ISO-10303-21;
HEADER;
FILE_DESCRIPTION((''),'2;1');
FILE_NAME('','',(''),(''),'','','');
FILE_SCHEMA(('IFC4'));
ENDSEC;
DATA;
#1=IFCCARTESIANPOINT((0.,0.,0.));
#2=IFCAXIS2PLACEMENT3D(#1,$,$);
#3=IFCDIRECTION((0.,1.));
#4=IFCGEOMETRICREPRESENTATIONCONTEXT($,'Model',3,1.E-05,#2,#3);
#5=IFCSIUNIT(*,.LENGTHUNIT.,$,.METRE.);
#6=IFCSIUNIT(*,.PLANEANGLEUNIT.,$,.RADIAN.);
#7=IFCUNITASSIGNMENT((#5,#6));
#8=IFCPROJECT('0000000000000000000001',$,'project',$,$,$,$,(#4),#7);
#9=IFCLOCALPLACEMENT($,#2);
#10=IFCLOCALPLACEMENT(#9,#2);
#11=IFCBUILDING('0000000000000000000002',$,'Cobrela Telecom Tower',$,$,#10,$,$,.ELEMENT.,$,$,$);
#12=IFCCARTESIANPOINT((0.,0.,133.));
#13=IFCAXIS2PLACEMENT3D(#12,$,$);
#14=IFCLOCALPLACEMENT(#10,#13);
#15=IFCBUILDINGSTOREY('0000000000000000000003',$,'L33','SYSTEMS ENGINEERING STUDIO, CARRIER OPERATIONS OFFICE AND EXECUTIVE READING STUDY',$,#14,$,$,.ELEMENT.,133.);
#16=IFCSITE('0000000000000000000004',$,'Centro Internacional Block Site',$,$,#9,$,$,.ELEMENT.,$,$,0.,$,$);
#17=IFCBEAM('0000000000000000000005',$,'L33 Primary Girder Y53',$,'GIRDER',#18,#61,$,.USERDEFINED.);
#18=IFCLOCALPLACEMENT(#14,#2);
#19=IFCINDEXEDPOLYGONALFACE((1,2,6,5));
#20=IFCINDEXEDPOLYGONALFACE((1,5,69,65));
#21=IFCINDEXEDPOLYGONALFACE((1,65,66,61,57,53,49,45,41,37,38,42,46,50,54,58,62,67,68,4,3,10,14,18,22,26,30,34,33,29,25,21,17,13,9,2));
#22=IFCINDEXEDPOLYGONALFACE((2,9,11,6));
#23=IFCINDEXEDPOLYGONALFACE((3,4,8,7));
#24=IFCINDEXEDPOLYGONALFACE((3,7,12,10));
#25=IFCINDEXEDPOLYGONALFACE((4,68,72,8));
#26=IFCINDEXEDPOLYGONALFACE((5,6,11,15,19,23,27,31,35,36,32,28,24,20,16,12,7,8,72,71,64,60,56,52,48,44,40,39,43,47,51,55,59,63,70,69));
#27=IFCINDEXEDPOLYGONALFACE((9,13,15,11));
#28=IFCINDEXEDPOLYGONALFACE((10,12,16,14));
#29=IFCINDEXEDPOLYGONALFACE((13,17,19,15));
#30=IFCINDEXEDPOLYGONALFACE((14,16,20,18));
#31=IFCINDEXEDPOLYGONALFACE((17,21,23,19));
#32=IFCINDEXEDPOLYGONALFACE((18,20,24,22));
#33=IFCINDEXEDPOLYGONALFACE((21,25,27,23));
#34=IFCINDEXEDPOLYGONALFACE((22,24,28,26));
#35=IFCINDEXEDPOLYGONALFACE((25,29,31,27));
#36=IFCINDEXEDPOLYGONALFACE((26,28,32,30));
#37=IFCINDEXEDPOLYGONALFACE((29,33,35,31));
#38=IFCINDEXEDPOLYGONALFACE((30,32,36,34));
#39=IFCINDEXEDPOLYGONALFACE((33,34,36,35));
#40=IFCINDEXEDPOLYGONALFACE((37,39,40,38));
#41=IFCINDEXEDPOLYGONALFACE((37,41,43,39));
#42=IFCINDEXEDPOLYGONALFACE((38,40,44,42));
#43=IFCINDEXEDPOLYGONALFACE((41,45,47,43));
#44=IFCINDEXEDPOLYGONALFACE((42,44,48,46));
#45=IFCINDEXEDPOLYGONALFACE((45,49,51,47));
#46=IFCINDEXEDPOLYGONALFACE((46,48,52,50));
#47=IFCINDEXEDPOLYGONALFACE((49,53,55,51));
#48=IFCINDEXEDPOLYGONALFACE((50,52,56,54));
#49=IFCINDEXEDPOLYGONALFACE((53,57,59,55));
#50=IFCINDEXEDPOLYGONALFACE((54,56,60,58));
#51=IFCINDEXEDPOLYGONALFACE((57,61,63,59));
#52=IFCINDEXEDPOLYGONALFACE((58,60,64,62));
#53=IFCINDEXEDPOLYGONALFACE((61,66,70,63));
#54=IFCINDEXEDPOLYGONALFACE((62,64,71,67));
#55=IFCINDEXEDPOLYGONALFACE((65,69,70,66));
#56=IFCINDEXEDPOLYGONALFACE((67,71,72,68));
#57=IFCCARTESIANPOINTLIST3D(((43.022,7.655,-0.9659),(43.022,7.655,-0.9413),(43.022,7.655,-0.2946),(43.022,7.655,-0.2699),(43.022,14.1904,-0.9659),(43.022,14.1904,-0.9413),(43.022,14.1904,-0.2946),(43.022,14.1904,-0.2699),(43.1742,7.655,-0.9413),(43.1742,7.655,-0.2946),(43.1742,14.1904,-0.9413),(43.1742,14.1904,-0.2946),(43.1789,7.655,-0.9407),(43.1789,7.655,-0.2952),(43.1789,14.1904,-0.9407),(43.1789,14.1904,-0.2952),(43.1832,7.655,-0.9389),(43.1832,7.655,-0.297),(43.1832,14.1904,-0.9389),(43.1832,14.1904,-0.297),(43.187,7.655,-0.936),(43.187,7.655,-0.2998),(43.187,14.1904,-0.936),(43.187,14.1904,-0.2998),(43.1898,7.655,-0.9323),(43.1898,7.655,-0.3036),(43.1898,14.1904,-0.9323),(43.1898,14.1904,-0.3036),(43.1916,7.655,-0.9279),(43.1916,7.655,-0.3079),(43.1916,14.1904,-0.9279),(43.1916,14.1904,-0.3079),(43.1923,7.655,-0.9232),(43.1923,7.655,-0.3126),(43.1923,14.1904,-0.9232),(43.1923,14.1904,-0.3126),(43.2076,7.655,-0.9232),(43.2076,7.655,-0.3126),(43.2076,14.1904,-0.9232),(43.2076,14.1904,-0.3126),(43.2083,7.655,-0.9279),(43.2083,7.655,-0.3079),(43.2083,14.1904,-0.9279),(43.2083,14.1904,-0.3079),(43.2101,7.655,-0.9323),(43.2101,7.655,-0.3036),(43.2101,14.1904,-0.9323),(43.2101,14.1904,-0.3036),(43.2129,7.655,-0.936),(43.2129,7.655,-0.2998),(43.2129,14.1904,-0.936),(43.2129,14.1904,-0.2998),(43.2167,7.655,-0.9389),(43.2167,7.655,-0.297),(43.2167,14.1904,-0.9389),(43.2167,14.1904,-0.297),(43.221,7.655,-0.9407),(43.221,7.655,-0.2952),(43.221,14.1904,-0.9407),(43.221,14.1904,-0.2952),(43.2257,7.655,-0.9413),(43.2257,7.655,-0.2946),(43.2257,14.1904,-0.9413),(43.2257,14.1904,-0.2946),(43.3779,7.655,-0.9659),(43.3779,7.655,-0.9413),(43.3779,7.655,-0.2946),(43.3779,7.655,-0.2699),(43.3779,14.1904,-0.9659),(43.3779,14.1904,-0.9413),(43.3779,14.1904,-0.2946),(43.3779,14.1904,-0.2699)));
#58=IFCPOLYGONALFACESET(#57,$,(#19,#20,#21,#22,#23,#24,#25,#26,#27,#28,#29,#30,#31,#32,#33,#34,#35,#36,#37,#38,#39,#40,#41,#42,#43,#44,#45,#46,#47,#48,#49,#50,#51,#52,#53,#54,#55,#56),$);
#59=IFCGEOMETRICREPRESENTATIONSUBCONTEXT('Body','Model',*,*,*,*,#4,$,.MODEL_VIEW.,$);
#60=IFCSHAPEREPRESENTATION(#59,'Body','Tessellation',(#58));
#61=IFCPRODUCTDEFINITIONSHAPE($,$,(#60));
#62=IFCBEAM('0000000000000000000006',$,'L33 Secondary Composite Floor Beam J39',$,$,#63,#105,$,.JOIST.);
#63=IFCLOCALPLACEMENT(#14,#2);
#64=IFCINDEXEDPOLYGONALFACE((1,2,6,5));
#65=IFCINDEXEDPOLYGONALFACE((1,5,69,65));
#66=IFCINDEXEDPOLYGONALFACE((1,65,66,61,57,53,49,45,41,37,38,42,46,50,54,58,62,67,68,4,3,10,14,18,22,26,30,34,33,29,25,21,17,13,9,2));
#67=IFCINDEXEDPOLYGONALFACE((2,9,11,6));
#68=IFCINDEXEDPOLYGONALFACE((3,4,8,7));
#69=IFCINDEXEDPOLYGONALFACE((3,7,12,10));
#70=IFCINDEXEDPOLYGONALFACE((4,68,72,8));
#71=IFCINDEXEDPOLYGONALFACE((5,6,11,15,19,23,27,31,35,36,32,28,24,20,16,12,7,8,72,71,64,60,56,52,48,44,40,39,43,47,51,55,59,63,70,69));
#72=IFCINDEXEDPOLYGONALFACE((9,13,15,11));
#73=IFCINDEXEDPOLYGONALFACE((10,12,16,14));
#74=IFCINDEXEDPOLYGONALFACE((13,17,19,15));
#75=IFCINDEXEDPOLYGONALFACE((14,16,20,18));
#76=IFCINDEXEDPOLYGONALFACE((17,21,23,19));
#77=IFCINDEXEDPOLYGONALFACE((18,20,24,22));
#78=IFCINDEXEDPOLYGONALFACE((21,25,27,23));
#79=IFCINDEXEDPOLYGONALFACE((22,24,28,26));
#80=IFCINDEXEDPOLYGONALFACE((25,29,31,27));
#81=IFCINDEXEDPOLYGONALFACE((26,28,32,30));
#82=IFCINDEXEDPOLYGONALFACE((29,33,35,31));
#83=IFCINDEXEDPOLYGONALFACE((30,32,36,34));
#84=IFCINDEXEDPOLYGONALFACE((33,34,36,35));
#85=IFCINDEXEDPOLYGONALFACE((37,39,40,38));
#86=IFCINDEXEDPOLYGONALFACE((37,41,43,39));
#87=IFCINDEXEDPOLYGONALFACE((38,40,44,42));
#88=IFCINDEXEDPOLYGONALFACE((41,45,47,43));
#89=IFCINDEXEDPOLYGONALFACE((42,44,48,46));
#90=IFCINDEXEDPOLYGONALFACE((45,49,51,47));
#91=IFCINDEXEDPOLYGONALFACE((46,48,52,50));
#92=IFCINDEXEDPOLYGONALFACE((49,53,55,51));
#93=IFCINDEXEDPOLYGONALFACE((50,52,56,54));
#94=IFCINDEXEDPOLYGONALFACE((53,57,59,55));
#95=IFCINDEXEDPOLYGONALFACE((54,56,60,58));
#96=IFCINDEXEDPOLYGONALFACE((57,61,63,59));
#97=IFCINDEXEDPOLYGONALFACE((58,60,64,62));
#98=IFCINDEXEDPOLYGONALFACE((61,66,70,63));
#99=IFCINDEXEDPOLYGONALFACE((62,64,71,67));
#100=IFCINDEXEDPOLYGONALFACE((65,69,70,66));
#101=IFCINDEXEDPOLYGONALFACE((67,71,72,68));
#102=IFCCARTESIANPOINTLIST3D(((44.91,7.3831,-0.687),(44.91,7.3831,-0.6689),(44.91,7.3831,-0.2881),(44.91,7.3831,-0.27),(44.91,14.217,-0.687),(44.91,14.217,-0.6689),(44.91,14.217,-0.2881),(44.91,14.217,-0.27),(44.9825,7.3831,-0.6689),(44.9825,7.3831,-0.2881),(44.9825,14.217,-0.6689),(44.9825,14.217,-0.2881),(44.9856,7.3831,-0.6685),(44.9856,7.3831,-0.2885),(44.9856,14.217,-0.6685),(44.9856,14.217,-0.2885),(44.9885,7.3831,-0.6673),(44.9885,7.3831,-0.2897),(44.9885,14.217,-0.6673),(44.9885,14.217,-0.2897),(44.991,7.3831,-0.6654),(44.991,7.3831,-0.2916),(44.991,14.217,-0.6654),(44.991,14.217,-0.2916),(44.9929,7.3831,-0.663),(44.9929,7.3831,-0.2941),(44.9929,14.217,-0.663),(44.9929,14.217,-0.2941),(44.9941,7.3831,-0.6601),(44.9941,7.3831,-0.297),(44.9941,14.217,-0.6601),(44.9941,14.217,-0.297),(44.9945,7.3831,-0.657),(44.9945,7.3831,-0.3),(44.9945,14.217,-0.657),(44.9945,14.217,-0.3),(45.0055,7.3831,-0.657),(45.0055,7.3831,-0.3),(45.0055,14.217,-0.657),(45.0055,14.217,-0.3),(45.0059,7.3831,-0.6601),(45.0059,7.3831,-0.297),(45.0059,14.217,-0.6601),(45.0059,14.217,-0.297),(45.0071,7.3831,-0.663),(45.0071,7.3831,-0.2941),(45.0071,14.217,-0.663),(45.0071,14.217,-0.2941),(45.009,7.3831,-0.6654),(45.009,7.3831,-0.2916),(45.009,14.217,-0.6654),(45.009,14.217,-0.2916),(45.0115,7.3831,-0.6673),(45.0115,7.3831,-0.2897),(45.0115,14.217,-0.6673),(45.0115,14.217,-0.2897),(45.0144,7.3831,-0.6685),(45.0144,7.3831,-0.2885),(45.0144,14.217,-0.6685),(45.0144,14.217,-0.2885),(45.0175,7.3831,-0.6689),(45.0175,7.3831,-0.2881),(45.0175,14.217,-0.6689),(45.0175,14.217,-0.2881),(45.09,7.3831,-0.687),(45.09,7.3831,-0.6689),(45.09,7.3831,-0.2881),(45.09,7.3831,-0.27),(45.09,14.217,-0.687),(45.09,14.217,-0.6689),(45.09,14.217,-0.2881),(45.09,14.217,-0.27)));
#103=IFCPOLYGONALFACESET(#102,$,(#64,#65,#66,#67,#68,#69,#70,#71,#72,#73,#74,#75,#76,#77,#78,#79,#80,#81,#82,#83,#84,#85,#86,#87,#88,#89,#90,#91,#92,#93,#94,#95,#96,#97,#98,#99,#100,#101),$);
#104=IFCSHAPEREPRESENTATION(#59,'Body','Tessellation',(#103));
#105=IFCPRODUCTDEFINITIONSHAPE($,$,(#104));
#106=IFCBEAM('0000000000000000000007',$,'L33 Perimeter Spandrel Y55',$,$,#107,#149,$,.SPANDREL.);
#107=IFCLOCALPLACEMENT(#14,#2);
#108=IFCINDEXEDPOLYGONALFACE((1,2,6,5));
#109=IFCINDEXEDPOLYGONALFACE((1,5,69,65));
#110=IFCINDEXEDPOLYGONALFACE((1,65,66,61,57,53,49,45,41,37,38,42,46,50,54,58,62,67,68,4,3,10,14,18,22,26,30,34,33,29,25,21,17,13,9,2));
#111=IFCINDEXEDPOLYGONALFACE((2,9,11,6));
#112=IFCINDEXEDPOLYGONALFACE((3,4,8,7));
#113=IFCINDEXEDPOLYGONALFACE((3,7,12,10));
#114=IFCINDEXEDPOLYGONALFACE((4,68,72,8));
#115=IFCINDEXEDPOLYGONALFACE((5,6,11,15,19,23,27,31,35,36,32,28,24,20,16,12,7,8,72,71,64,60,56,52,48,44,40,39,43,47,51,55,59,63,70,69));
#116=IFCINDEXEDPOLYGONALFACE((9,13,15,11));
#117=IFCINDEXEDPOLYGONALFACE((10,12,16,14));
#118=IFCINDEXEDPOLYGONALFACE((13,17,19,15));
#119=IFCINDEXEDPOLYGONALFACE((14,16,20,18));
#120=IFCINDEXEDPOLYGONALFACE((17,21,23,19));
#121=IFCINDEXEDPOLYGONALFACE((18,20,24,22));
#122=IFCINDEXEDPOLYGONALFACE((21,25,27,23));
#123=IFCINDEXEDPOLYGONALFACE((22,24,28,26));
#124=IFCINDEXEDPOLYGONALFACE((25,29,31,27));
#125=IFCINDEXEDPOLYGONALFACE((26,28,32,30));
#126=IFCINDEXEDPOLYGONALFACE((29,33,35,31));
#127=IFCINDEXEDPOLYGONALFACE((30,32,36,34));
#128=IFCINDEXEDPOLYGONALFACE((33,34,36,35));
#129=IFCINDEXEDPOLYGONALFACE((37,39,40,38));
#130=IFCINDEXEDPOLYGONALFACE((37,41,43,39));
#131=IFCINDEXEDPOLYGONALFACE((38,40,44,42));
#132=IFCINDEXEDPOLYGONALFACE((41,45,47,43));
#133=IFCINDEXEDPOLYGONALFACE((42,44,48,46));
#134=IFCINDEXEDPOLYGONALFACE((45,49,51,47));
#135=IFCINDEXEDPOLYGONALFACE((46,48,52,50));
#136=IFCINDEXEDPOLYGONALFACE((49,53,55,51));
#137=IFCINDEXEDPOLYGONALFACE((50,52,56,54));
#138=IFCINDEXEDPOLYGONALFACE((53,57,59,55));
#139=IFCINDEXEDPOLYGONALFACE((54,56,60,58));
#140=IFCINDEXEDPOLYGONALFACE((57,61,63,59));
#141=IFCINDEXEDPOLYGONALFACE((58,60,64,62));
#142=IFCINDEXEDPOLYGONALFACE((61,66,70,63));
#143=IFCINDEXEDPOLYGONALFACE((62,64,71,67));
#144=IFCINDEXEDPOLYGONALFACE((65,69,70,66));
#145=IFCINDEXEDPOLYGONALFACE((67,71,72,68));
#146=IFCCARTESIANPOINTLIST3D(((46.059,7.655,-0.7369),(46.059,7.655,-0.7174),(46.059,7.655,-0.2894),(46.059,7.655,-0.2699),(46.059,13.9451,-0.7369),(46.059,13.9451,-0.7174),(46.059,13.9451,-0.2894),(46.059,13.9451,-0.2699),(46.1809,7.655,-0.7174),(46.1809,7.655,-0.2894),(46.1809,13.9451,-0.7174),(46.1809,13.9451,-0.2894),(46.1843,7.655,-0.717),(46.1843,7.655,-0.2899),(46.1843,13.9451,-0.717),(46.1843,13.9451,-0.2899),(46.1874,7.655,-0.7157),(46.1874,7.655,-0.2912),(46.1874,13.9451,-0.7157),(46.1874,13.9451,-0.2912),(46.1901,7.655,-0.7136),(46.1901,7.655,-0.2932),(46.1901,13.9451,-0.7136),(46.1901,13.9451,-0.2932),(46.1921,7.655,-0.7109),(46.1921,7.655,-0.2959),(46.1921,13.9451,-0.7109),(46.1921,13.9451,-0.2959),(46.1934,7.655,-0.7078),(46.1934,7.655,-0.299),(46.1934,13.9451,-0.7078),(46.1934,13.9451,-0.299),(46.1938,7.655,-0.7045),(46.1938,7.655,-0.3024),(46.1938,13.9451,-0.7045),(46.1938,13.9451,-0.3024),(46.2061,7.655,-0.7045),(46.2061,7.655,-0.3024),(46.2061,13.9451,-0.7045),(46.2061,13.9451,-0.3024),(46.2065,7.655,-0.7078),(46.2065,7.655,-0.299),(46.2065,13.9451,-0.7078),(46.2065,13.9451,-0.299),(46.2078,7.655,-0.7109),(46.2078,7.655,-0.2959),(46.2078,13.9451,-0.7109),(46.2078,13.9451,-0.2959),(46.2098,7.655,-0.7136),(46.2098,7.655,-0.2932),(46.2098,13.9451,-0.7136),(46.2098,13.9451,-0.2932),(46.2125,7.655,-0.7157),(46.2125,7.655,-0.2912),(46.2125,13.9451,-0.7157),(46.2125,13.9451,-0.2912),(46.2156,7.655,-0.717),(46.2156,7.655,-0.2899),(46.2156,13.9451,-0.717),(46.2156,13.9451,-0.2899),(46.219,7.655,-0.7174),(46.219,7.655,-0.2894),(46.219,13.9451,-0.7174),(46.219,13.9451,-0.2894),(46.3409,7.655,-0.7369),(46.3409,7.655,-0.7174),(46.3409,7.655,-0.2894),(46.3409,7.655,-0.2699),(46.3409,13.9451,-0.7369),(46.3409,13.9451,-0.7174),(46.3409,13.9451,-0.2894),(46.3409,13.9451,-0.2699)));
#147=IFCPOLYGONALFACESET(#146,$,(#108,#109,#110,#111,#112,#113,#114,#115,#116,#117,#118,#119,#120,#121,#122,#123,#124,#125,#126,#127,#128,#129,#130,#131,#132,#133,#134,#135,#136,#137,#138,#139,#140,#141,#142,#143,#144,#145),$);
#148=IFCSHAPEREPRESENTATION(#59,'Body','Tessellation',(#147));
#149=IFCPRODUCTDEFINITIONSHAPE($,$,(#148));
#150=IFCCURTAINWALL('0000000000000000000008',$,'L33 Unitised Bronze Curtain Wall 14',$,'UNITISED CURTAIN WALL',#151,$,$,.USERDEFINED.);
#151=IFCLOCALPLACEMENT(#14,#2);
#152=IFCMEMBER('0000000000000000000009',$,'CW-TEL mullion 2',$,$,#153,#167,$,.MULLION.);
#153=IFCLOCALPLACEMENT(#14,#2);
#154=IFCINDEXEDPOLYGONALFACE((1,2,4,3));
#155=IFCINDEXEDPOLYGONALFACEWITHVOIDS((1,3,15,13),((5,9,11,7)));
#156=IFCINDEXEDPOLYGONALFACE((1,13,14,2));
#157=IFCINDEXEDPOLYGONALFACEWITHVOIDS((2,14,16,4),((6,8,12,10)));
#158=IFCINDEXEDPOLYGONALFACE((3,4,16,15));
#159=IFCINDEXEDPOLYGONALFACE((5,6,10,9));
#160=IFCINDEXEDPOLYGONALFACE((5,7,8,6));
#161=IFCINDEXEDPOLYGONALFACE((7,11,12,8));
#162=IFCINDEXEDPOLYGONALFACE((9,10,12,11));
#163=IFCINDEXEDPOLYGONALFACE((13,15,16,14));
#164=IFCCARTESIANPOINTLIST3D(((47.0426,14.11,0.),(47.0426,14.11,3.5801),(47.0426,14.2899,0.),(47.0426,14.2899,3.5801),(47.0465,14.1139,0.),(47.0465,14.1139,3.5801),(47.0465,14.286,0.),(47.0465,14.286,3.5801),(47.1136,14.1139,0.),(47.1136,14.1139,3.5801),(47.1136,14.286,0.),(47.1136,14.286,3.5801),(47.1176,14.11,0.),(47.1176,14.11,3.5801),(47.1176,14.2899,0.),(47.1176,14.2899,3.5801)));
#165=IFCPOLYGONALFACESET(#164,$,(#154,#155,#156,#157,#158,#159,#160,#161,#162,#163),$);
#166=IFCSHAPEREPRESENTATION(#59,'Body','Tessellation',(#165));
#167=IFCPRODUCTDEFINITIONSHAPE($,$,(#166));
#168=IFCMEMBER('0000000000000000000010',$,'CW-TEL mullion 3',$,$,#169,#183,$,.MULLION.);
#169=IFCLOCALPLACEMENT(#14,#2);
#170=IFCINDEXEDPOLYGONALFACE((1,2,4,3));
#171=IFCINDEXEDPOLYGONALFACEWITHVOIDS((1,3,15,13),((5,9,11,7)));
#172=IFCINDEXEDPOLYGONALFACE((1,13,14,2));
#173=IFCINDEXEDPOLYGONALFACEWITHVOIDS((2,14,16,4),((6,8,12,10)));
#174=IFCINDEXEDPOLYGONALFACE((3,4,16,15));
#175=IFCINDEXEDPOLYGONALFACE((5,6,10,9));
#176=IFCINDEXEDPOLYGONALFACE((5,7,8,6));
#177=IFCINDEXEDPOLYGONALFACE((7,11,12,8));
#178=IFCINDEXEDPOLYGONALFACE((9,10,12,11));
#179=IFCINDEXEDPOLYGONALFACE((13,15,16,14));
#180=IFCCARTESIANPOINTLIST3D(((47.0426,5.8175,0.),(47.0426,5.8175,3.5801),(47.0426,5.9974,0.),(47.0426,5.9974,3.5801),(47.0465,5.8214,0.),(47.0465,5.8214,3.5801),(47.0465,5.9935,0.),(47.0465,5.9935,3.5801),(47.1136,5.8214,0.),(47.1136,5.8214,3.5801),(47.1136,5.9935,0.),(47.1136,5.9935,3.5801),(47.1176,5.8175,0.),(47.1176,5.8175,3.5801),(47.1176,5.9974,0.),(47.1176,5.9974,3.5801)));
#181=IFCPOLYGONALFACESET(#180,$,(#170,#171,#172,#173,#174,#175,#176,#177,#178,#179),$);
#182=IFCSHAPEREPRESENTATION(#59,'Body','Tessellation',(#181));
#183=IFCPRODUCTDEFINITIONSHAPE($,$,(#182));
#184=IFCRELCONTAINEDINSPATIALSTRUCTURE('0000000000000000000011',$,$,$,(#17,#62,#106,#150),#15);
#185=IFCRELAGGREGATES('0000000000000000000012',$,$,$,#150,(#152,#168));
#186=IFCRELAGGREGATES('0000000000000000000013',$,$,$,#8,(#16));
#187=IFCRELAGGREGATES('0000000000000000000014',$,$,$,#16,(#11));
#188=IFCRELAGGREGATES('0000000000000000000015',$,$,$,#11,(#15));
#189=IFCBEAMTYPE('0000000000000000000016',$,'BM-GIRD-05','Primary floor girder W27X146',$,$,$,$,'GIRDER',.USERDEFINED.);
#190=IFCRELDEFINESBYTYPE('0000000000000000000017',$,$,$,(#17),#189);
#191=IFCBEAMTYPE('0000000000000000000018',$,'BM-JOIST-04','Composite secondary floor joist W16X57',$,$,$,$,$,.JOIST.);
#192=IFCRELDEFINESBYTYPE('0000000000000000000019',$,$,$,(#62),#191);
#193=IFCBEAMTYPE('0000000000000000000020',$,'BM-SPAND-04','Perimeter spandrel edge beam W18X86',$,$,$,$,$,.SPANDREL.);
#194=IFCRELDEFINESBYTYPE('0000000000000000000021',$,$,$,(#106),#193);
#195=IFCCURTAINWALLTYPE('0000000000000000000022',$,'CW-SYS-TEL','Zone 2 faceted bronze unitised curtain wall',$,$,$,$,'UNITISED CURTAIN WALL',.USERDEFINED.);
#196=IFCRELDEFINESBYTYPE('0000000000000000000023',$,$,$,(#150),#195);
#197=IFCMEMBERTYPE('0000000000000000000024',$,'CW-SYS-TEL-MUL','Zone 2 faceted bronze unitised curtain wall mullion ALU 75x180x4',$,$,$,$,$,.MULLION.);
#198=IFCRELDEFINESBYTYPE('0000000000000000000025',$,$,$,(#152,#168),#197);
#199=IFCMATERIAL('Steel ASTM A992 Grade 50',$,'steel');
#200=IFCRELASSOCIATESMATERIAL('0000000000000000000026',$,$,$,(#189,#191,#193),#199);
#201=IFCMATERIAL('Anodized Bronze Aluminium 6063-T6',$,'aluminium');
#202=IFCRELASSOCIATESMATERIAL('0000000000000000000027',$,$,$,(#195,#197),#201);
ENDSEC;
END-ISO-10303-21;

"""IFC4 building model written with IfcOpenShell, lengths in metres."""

from ifc_helpers import new_model, si_unit, direction, frame, origin, origin_2d, place, context, subcontext, project, spatial, hollow_rectangle, i_section, extrude, material, material_profile, profile_set, type_object, element, aggregate, save


model = new_model("IFC4")

# Units and contexts
model_context = context("Model", 3, precision=1e-05, world=origin(), true_north=direction((0.0, 1.0)))
body_context = subcontext(model_context, "Body", "Model", "MODEL_VIEW")
ifc_project = project(units=[si_unit("LENGTHUNIT", "METRE"), si_unit("PLANEANGLEUNIT", "RADIAN")], contexts=[model_context])

# Site, building, storey
site_placement = place(None, origin())
site = spatial("IfcSite", under=ifc_project, at=site_placement, Name="Centro Internacional Block Site", CompositionType="ELEMENT", RefElevation=0.0)
building_placement = place(site_placement, origin())
building = spatial("IfcBuilding", under=site, at=building_placement, Name="Cobrela Telecom Tower", CompositionType="ELEMENT")
storey_placement = place(building_placement, frame((0.0, 0.0, 133.0)))
storey = spatial("IfcBuildingStorey", under=building, at=storey_placement, Name="L33", Description="SYSTEMS ENGINEERING STUDIO, CARRIER OPERATIONS OFFICE AND EXECUTIVE READING STUDY", CompositionType="ELEMENT", Elevation=133.0)

# Shared definitions
ifc_material_1 = material(Name="Steel ASTM A992 Grade 50", Category="steel")

# Beams
ifc_material_profile_1 = material_profile(ifc_material_1, i_section(OverallWidth=0.356, OverallDepth=0.696, WebThickness=0.0154, FlangeThickness=0.0247, FilletRadius=0.0181, at=origin_2d()), Name="W27X146")
ifc_profile_set_1 = profile_set([ifc_material_profile_1], Name="Steel ASTM A992 Grade 50")
beam_type_1 = type_object("IfcBeamType", Name="BM-GIRD-05", Description="Primary floor girder W27X146", ElementType="GIRDER", PredefinedType="USERDEFINED", material=ifc_profile_set_1)
beam_1_placement = place(storey_placement, frame((43.2, 7.655, -0.6179), z_axis=(0.0, 1.0, 0.0), x_axis=(-1.0, 0.0, 0.0)))
element("IfcBeam", 1, at=beam_1_placement, inside=storey, type_object=beam_type_1, Name="L33 Primary Girder Y53", ObjectType="GIRDER", PredefinedType="USERDEFINED", context=body_context, shape_type="SweptSolid", body=[
    extrude(i_section(OverallWidth=0.356, OverallDepth=0.696, WebThickness=0.0154, FlangeThickness=0.0247, FilletRadius=0.0181, at=origin_2d()), origin(), (0.0, 0.0, 1.0), 6.5354),
])
ifc_material_profile_2 = material_profile(ifc_material_1, i_section(OverallWidth=0.1799, OverallDepth=0.417, WebThickness=0.011, FlangeThickness=0.0181, FilletRadius=0.012, at=origin_2d()), Name="W16X57")
ifc_profile_set_2 = profile_set([ifc_material_profile_2], Name="Steel ASTM A992 Grade 50")
beam_type_2 = type_object("IfcBeamType", Name="BM-JOIST-04", Description="Composite secondary floor joist W16X57", PredefinedType="JOIST", material=ifc_profile_set_2)
beam_2_placement = place(storey_placement, frame((45.0, 7.3831, -0.4785), z_axis=(0.0, 1.0, 0.0), x_axis=(-1.0, 0.0, 0.0)))
element("IfcBeam", 2, at=beam_2_placement, inside=storey, type_object=beam_type_2, Name="L33 Secondary Composite Floor Beam J39", PredefinedType="JOIST", context=body_context, shape_type="SweptSolid", body=[
    extrude(i_section(OverallWidth=0.1799, OverallDepth=0.417, WebThickness=0.011, FlangeThickness=0.0181, FilletRadius=0.012, at=origin_2d()), origin(), (0.0, 0.0, 1.0), 6.834),
])
ifc_material_profile_3 = material_profile(ifc_material_1, i_section(OverallWidth=0.282, OverallDepth=0.467, WebThickness=0.0122, FlangeThickness=0.0195, FilletRadius=0.0129, at=origin_2d()), Name="W18X86")
ifc_profile_set_3 = profile_set([ifc_material_profile_3], Name="Steel ASTM A992 Grade 50")
beam_type_3 = type_object("IfcBeamType", Name="BM-SPAND-04", Description="Perimeter spandrel edge beam W18X86", PredefinedType="SPANDREL", material=ifc_profile_set_3)
beam_3_placement = place(storey_placement, frame((46.2, 7.655, -0.5034), z_axis=(0.0, 1.0, 0.0), x_axis=(-1.0, 0.0, 0.0)))
element("IfcBeam", 3, at=beam_3_placement, inside=storey, type_object=beam_type_3, Name="L33 Perimeter Spandrel Y55", PredefinedType="SPANDREL", context=body_context, shape_type="SweptSolid", body=[
    extrude(i_section(OverallWidth=0.282, OverallDepth=0.467, WebThickness=0.0122, FlangeThickness=0.0195, FilletRadius=0.0129, at=origin_2d()), origin(), (0.0, 0.0, 1.0), 6.29),
])

# Curtain wall, members
ifc_material_2 = material(Name="Anodized Bronze Aluminium 6063-T6", Category="aluminium")
curtain_wall_type = type_object("IfcCurtainWallType", Name="CW-SYS-TEL", Description="Zone 2 faceted bronze unitised curtain wall", ElementType="UNITISED CURTAIN WALL", PredefinedType="USERDEFINED", material=ifc_material_2)
curtain_wall_1_placement = place(storey_placement, origin())
curtain_wall_1 = element("IfcCurtainWall", 4, at=curtain_wall_1_placement, inside=storey, type_object=curtain_wall_type, Name="L33 Unitised Bronze Curtain Wall 14", ObjectType="UNITISED CURTAIN WALL", PredefinedType="USERDEFINED")
ifc_material_profile_4 = material_profile(ifc_material_2, hollow_rectangle(XDim=0.075, YDim=0.1799, WallThickness=0.0039, at=origin_2d()), Name="ALU 75x180x4")
ifc_profile_set_4 = profile_set([ifc_material_profile_4], Name="Anodized Bronze Aluminium 6063-T6")
member_type_1 = type_object("IfcMemberType", Name="CW-SYS-TEL-MUL", Description="Zone 2 faceted bronze unitised curtain wall mullion ALU 75x180x4", PredefinedType="MULLION", material=ifc_profile_set_4)
member_1_placement = place(storey_placement, frame((47.0801, 14.2, 0.0), z_axis=(0.0, 0.0, 1.0), x_axis=(1.0, 0.0, 0.0)))
member_1 = element("IfcMember", 5, at=member_1_placement, type_object=member_type_1, Name="CW-TEL mullion 2", PredefinedType="MULLION", context=body_context, shape_type="SweptSolid", body=[
    extrude(hollow_rectangle(XDim=0.075, YDim=0.1799, WallThickness=0.0039, at=origin_2d()), origin(), (0.0, 0.0, 1.0), 3.5801),
])
member_2_placement = place(storey_placement, frame((47.0801, 5.9075, 0.0), z_axis=(0.0, 0.0, 1.0), x_axis=(1.0, 0.0, 0.0)))
member_2 = element("IfcMember", 6, at=member_2_placement, type_object=member_type_1, Name="CW-TEL mullion 3", PredefinedType="MULLION", context=body_context, shape_type="SweptSolid", body=[
    extrude(hollow_rectangle(XDim=0.075, YDim=0.1799, WallThickness=0.0039, at=origin_2d()), origin(), (0.0, 0.0, 1.0), 3.5801),
])

aggregate(curtain_wall_1, [member_1, member_2])

save(model, "model.ifc")
